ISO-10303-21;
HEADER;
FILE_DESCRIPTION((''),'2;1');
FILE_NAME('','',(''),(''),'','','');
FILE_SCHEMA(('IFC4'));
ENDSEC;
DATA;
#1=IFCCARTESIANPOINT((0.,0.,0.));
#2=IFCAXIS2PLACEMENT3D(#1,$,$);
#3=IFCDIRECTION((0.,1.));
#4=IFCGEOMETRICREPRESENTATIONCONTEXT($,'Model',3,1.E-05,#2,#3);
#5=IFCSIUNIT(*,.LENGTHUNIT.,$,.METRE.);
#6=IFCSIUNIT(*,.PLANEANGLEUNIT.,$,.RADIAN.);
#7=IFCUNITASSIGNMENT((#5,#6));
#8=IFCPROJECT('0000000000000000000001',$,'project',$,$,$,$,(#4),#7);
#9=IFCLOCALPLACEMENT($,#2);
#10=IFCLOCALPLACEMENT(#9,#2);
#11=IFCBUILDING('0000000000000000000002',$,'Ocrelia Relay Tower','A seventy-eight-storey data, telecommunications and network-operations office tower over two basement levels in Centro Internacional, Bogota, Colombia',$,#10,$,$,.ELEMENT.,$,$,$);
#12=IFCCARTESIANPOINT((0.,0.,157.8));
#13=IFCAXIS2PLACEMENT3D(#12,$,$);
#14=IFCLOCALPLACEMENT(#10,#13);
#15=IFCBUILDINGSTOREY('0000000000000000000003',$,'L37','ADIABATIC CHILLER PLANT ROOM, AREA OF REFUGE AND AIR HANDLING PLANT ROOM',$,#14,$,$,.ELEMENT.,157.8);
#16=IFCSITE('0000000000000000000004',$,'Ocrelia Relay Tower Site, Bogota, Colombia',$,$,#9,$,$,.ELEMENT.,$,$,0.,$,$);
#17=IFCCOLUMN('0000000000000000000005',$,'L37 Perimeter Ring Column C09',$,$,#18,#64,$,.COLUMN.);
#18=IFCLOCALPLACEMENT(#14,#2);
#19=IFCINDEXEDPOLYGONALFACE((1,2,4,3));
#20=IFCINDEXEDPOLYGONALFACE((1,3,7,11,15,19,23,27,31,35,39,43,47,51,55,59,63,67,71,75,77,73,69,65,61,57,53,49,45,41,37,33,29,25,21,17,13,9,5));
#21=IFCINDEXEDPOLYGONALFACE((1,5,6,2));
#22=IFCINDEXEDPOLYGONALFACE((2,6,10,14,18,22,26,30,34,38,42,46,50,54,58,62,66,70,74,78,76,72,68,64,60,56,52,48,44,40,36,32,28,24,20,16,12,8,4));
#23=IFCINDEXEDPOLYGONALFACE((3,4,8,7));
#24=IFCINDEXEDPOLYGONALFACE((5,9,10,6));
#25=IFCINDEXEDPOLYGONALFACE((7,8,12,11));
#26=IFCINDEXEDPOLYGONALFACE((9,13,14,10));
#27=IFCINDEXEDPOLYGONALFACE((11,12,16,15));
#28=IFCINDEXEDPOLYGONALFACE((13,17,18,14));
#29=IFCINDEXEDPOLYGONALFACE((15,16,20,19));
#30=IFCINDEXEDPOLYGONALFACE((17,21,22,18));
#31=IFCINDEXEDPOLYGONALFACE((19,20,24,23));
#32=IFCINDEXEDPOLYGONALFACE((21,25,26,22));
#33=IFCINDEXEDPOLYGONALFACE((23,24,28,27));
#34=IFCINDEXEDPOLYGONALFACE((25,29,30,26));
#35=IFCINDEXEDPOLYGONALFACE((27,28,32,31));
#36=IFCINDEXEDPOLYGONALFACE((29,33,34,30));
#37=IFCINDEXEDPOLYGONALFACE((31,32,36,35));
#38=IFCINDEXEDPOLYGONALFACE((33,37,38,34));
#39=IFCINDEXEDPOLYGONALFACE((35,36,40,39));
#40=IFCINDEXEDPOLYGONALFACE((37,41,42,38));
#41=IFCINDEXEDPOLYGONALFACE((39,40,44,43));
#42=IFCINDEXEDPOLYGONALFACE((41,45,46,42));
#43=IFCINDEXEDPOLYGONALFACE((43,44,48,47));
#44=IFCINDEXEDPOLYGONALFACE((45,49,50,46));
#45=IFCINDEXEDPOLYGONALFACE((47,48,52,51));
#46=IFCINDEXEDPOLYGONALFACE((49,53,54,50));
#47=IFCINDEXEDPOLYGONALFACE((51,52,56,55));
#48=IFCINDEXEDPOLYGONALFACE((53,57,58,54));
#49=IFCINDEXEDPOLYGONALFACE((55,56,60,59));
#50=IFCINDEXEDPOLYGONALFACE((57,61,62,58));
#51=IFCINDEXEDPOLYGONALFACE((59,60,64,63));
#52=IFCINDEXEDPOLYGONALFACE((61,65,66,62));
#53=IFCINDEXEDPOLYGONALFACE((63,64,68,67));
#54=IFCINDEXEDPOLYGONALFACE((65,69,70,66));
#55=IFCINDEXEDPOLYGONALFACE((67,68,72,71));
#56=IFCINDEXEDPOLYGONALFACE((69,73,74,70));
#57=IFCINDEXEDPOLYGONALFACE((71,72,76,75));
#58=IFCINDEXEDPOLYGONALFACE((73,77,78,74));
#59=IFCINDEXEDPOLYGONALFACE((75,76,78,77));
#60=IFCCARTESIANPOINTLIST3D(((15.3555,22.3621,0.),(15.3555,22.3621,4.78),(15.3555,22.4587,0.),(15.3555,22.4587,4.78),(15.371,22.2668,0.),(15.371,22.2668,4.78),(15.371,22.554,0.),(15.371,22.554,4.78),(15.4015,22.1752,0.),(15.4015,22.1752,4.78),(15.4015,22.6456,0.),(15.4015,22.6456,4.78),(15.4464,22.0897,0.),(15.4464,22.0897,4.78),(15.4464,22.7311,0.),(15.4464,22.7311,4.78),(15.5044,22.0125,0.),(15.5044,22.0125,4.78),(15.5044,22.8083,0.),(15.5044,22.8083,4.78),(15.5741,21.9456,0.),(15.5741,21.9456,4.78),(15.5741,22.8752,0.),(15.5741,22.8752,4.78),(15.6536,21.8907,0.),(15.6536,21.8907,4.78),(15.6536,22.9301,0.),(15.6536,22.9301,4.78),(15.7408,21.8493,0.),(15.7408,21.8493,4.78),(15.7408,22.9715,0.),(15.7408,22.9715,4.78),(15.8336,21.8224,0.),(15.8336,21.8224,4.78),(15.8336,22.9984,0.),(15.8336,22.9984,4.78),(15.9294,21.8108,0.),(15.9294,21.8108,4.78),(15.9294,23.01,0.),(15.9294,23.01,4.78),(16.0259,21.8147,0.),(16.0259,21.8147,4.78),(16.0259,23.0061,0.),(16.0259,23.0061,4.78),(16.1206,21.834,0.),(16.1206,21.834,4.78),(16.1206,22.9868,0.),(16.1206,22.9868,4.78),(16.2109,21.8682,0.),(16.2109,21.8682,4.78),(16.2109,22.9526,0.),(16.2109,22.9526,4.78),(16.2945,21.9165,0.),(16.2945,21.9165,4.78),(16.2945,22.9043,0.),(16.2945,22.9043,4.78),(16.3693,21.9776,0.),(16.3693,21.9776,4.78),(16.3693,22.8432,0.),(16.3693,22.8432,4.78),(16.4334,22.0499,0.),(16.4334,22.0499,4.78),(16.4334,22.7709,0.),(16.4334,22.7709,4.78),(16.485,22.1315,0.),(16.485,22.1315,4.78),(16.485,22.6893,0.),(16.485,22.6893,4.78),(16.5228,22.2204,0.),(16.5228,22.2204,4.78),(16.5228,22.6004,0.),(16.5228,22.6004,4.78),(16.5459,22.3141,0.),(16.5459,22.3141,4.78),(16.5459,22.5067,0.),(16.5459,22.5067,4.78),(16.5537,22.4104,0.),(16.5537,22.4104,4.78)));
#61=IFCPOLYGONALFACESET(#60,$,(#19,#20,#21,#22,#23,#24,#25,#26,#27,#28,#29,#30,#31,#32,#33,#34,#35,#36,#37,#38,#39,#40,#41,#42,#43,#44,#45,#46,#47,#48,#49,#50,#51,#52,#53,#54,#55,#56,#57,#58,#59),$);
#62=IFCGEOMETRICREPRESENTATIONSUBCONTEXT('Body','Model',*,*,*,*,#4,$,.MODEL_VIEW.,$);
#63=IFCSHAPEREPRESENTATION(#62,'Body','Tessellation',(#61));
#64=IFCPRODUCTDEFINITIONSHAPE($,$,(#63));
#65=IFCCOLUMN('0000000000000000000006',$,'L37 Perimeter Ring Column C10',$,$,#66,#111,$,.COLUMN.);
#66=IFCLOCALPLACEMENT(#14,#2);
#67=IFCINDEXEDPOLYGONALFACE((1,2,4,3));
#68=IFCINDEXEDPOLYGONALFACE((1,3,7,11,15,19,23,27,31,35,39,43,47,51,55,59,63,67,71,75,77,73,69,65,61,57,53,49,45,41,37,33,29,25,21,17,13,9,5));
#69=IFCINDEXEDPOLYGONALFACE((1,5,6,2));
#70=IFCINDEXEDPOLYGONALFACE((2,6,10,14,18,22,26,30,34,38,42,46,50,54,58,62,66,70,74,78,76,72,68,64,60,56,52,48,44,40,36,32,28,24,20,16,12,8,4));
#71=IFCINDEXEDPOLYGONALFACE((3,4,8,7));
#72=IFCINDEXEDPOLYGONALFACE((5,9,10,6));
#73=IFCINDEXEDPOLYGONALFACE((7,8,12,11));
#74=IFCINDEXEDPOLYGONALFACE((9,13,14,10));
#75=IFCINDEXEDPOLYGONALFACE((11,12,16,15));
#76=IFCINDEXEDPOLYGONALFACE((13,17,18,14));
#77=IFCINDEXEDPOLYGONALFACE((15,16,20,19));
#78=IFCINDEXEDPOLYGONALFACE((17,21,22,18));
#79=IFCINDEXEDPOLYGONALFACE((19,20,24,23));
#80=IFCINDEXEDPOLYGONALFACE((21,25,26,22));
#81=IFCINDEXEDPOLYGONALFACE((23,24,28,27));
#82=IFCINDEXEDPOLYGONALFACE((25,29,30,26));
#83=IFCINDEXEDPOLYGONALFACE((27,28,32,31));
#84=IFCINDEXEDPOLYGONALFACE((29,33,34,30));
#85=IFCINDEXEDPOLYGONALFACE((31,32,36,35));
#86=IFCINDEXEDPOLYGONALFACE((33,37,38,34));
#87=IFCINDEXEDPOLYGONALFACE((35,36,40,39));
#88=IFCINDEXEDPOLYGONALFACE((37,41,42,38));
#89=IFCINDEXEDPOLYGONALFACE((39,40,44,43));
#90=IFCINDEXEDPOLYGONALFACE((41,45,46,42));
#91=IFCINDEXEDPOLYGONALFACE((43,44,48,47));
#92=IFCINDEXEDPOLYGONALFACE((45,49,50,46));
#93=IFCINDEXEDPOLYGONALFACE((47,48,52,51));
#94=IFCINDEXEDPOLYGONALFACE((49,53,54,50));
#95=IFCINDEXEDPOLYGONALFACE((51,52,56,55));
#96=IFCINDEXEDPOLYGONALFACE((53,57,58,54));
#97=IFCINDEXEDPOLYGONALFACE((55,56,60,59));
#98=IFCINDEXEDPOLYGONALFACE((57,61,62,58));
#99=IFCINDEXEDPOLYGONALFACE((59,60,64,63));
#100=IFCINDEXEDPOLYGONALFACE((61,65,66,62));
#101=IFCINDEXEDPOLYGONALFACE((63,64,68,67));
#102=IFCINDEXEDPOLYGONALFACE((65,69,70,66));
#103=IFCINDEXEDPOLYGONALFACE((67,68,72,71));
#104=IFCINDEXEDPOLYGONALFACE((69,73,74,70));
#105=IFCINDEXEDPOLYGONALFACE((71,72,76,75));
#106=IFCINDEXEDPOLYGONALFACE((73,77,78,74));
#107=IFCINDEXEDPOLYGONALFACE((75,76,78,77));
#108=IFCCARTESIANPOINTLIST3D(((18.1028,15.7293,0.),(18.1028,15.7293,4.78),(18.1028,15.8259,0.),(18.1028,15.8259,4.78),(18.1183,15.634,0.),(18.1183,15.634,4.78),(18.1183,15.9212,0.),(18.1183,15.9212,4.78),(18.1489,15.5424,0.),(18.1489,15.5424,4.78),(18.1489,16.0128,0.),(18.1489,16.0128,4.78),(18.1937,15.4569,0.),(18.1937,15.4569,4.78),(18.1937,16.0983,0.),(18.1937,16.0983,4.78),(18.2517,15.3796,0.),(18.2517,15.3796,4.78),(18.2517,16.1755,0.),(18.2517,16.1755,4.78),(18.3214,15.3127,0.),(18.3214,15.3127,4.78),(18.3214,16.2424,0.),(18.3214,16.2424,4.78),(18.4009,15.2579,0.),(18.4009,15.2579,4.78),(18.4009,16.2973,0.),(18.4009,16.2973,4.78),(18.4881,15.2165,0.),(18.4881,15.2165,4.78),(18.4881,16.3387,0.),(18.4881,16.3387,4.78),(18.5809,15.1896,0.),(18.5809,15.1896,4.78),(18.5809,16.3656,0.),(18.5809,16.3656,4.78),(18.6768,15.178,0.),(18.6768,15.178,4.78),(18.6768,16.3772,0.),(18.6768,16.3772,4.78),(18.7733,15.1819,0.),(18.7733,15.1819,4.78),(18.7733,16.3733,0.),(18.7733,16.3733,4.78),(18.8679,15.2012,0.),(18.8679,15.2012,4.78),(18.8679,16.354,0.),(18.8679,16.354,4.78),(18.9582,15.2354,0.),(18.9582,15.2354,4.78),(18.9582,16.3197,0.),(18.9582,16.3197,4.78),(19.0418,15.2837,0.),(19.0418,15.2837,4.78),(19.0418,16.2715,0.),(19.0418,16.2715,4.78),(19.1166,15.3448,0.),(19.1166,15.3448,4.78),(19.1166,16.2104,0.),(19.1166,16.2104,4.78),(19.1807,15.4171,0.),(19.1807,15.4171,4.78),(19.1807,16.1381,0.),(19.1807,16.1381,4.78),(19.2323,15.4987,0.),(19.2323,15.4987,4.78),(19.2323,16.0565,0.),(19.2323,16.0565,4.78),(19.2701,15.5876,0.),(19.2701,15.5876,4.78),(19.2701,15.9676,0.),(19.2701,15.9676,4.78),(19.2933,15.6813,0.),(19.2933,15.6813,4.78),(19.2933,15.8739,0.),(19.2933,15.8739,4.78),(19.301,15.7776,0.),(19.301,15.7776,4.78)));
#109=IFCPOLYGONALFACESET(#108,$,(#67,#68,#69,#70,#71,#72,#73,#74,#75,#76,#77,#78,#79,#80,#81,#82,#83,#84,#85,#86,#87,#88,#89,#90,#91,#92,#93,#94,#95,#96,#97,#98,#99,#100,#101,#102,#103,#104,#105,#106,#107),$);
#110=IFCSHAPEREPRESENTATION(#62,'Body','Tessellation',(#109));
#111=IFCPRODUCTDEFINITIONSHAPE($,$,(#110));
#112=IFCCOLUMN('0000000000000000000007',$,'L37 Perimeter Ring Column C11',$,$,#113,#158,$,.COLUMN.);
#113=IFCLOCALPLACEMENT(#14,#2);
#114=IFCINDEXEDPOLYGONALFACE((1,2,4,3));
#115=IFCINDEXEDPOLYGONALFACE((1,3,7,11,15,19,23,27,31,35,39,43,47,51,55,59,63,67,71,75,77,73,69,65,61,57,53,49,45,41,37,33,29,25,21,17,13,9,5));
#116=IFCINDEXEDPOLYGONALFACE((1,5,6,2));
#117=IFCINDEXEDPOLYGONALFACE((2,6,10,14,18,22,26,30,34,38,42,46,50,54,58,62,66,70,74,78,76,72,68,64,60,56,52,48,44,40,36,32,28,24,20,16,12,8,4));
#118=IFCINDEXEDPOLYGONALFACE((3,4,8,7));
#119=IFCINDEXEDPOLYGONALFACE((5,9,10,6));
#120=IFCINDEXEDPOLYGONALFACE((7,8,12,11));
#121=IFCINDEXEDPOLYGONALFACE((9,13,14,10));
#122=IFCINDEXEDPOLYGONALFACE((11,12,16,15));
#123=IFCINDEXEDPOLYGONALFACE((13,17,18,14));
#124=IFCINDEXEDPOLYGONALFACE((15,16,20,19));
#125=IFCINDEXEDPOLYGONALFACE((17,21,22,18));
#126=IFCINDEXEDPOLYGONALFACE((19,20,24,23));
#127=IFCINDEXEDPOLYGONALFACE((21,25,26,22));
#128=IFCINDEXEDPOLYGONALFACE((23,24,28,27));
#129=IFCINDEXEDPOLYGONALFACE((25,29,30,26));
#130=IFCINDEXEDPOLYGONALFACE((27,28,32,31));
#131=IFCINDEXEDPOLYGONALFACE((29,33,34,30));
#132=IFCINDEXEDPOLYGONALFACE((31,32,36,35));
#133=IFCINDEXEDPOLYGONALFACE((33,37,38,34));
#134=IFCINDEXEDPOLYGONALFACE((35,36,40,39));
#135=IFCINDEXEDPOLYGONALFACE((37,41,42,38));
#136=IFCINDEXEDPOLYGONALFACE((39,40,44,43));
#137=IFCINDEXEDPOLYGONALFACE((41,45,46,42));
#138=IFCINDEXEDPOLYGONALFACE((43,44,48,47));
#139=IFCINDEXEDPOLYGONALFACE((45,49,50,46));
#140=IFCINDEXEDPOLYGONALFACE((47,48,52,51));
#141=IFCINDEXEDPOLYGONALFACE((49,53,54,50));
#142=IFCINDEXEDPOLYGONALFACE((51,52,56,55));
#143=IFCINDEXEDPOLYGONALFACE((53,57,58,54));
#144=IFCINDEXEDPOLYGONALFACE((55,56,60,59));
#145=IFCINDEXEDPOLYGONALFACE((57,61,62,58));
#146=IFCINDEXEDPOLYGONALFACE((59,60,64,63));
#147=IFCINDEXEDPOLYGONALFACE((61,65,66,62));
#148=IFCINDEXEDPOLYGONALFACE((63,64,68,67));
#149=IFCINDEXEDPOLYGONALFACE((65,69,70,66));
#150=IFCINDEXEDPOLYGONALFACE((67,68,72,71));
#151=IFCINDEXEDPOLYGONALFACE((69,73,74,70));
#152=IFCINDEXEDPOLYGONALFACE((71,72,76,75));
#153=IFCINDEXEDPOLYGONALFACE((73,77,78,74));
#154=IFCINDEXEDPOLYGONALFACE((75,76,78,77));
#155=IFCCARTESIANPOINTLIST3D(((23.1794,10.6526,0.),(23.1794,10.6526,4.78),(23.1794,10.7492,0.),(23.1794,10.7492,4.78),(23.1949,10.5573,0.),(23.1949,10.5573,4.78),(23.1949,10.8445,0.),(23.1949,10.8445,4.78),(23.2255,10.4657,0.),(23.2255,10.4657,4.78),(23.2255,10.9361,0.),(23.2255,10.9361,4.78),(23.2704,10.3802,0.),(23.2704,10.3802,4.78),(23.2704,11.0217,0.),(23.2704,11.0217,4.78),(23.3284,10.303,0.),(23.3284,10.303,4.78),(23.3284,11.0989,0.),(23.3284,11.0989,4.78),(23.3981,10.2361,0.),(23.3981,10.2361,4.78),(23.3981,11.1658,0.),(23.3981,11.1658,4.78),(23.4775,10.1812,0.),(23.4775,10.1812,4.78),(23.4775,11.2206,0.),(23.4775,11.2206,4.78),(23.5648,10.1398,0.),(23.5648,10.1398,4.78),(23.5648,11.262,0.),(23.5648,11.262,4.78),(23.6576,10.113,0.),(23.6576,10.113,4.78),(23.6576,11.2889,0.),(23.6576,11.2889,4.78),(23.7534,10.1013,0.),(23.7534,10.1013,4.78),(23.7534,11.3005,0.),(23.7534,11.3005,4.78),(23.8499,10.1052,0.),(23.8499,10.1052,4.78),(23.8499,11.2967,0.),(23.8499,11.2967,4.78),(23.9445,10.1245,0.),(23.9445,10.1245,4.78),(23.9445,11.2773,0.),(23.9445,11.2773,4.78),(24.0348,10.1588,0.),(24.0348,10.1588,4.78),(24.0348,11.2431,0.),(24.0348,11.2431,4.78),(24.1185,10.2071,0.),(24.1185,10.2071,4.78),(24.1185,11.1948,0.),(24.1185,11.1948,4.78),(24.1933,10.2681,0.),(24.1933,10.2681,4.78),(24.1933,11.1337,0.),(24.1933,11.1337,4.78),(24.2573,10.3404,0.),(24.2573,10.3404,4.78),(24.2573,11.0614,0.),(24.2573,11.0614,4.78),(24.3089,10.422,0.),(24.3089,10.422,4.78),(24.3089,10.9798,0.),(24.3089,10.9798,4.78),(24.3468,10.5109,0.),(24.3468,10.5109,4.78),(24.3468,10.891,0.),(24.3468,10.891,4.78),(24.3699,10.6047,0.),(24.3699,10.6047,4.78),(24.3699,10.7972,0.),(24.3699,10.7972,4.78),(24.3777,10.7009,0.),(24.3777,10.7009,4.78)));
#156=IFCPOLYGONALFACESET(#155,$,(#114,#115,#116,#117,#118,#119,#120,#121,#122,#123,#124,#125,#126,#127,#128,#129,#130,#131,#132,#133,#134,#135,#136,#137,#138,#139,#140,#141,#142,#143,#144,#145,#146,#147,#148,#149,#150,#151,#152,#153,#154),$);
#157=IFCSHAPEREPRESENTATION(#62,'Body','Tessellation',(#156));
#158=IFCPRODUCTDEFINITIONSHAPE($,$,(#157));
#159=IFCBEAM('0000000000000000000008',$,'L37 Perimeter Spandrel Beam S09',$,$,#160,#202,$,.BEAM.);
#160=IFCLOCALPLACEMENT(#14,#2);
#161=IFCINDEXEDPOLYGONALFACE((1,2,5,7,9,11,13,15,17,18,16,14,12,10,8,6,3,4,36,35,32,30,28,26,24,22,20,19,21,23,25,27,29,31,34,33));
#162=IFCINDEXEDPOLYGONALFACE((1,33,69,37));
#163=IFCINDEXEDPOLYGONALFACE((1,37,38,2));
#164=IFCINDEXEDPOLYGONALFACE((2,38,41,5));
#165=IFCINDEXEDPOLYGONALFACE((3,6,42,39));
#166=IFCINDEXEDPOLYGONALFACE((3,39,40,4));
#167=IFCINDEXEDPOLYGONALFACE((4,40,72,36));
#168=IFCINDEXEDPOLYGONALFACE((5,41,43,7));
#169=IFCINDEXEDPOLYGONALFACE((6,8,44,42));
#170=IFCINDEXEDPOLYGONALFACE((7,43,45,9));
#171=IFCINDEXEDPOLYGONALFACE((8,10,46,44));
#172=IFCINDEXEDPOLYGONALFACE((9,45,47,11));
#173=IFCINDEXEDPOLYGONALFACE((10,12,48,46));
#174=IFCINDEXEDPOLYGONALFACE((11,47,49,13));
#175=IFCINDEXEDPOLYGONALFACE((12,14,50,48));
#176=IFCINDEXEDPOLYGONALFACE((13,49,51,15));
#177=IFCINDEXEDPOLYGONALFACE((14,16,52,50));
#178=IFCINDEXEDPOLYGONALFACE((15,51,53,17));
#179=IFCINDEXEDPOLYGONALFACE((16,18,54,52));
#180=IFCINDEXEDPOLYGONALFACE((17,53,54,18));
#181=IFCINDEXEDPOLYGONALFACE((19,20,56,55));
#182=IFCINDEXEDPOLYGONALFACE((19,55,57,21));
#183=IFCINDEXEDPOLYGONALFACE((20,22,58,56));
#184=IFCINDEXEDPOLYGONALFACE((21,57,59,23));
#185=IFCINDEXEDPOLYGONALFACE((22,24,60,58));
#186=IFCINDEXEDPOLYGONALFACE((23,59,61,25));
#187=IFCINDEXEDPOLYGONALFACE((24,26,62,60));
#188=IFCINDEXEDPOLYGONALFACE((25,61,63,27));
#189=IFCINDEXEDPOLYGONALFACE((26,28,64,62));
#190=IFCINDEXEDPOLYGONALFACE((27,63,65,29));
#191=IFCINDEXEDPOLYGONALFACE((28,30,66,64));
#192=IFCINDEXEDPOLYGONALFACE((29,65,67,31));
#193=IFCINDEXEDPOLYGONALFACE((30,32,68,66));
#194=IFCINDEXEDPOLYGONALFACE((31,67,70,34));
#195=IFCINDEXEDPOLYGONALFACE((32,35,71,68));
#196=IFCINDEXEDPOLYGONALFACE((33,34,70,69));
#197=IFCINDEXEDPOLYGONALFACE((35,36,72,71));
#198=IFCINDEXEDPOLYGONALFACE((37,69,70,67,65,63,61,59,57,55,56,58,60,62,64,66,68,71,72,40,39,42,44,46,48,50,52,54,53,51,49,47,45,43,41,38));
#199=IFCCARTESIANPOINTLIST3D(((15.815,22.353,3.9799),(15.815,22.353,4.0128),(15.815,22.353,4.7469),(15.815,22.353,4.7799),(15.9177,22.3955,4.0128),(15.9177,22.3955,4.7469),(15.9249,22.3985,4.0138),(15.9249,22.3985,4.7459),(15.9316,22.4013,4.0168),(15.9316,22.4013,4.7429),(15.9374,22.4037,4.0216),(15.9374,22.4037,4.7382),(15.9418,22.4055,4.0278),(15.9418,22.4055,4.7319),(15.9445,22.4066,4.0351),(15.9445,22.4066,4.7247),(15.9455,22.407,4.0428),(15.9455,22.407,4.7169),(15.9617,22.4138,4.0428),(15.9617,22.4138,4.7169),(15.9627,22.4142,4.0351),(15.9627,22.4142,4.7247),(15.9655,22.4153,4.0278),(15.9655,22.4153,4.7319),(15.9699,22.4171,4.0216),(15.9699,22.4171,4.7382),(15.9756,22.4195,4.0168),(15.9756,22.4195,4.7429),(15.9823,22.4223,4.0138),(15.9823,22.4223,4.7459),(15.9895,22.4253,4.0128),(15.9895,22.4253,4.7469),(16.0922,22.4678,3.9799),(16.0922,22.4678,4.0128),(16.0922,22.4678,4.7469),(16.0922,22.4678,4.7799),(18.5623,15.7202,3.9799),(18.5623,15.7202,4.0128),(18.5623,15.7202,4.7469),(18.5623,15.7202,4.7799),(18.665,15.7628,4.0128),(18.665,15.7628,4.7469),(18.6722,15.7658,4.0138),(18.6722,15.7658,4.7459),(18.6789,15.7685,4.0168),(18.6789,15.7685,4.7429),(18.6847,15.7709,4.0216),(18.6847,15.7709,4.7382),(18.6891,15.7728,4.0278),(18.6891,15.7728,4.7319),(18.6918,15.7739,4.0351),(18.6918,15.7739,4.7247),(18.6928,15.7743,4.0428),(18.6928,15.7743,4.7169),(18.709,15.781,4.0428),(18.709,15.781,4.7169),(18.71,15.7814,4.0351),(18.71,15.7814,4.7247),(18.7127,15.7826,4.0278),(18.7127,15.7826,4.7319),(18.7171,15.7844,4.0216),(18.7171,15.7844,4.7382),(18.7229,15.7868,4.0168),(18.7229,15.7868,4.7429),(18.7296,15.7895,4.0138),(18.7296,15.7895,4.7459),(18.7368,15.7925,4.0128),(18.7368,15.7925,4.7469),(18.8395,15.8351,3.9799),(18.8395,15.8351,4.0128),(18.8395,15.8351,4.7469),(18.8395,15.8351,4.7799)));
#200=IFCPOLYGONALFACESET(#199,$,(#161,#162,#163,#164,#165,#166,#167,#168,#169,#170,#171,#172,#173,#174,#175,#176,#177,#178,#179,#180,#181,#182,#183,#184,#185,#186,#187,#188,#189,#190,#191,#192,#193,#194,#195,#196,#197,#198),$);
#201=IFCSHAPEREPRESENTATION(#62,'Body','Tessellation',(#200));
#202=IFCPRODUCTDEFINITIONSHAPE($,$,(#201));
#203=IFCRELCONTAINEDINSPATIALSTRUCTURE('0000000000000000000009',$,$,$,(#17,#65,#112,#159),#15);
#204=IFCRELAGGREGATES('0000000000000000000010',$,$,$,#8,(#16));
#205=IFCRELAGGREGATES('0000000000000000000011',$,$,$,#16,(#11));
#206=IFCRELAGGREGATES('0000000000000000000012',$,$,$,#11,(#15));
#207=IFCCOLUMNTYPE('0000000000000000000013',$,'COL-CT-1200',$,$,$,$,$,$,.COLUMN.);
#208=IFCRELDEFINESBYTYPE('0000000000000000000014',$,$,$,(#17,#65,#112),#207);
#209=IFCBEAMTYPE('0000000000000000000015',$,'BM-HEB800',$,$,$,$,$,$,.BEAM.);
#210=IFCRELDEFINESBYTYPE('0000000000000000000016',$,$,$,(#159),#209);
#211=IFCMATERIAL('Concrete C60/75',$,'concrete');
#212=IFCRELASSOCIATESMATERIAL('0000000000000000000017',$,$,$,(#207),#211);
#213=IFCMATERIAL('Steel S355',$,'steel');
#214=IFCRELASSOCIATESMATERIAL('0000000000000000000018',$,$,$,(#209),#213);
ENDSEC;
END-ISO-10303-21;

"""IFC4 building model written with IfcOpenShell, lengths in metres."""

from ifc_helpers import new_model, si_unit, direction, frame, origin, origin_2d, place, context, subcontext, project, spatial, circle, i_section, extrude, material, material_profile, profile_set, type_object, element, save


model = new_model("IFC4")

# Units and contexts
model_context = context("Model", 3, precision=1e-05, world=origin(), true_north=direction((0.0, 1.0)))
body_context = subcontext(model_context, "Body", "Model", "MODEL_VIEW")
ifc_project = project(units=[si_unit("LENGTHUNIT", "METRE"), si_unit("PLANEANGLEUNIT", "RADIAN")], contexts=[model_context])

# Site, building, storey
site_placement = place(None, origin())
site = spatial("IfcSite", under=ifc_project, at=site_placement, Name="Ocrelia Relay Tower Site, Bogota, Colombia", CompositionType="ELEMENT", RefElevation=0.0)
building_placement = place(site_placement, origin())
building = spatial("IfcBuilding", under=site, at=building_placement, Name="Ocrelia Relay Tower", Description="A seventy-eight-storey data, telecommunications and network-operations office tower over two basement levels in Centro Internacional, Bogota, Colombia", CompositionType="ELEMENT")
storey_placement = place(building_placement, frame((0.0, 0.0, 157.8)))
storey = spatial("IfcBuildingStorey", under=building, at=storey_placement, Name="L37", Description="ADIABATIC CHILLER PLANT ROOM, AREA OF REFUGE AND AIR HANDLING PLANT ROOM", CompositionType="ELEMENT", Elevation=157.8)

# Columns
ifc_material_1 = material(Name="Concrete C60/75", Category="concrete")
ifc_material_profile_1 = material_profile(ifc_material_1, circle(Radius=0.6001, at=origin_2d()), Name="RC-CIR-1200")
ifc_profile_set_1 = profile_set([ifc_material_profile_1], Name="Concrete C60/75")
column_type = type_object("IfcColumnType", Name="COL-CT-1200", PredefinedType="COLUMN", material=ifc_profile_set_1)
for number, where, z_axis, x_axis, name in (
    (1, (15.9536, 22.4104, 0.0), (0.0, 0.0, 1.0), (1.0, 0.0, 0.0), "L37 Perimeter Ring Column C09"),
    (2, (18.7009, 15.7776, 0.0), (0.0, 0.0, 1.0), (1.0, 0.0, 0.0), "L37 Perimeter Ring Column C10"),
    (3, (23.7776, 10.7009, 0.0), (0.0, 0.0, 1.0), (1.0, 0.0, 0.0), "L37 Perimeter Ring Column C11"),
):
    element("IfcColumn", number, at=place(storey_placement, frame(where, z_axis=z_axis, x_axis=x_axis)), inside=storey, type_object=column_type, Name=name, PredefinedType="COLUMN", context=body_context, shape_type="SweptSolid", body=[
        extrude(circle(Radius=0.6001, at=origin_2d()), origin(), (0.0, 0.0, 1.0), 4.78),
    ])

# Beam
ifc_material_2 = material(Name="Steel S355", Category="steel")
ifc_material_profile_2 = material_profile(ifc_material_2, i_section(OverallWidth=0.3, OverallDepth=0.8, WebThickness=0.0176, FlangeThickness=0.033, FilletRadius=0.03, at=origin_2d()), Name="HEB 800")
ifc_profile_set_2 = profile_set([ifc_material_profile_2], Name="Steel S355")
beam_type_1 = type_object("IfcBeamType", Name="BM-HEB800", PredefinedType="BEAM", material=ifc_profile_set_2)
beam_1_placement = place(storey_placement, frame((15.9536, 22.4104, 4.3799), z_axis=(0.382673, -0.923884, 0.0), x_axis=(0.923884, 0.382673, 0.0)))
element("IfcBeam", 4, at=beam_1_placement, inside=storey, type_object=beam_type_1, Name="L37 Perimeter Spandrel Beam S09", PredefinedType="BEAM", context=body_context, shape_type="SweptSolid", body=[
    extrude(i_section(OverallWidth=0.3, OverallDepth=0.8, WebThickness=0.0176, FlangeThickness=0.033, FilletRadius=0.03, at=origin_2d()), origin(), (0.0, 0.0, 1.0), 7.1792),
])

save(model, "model.ifc")
